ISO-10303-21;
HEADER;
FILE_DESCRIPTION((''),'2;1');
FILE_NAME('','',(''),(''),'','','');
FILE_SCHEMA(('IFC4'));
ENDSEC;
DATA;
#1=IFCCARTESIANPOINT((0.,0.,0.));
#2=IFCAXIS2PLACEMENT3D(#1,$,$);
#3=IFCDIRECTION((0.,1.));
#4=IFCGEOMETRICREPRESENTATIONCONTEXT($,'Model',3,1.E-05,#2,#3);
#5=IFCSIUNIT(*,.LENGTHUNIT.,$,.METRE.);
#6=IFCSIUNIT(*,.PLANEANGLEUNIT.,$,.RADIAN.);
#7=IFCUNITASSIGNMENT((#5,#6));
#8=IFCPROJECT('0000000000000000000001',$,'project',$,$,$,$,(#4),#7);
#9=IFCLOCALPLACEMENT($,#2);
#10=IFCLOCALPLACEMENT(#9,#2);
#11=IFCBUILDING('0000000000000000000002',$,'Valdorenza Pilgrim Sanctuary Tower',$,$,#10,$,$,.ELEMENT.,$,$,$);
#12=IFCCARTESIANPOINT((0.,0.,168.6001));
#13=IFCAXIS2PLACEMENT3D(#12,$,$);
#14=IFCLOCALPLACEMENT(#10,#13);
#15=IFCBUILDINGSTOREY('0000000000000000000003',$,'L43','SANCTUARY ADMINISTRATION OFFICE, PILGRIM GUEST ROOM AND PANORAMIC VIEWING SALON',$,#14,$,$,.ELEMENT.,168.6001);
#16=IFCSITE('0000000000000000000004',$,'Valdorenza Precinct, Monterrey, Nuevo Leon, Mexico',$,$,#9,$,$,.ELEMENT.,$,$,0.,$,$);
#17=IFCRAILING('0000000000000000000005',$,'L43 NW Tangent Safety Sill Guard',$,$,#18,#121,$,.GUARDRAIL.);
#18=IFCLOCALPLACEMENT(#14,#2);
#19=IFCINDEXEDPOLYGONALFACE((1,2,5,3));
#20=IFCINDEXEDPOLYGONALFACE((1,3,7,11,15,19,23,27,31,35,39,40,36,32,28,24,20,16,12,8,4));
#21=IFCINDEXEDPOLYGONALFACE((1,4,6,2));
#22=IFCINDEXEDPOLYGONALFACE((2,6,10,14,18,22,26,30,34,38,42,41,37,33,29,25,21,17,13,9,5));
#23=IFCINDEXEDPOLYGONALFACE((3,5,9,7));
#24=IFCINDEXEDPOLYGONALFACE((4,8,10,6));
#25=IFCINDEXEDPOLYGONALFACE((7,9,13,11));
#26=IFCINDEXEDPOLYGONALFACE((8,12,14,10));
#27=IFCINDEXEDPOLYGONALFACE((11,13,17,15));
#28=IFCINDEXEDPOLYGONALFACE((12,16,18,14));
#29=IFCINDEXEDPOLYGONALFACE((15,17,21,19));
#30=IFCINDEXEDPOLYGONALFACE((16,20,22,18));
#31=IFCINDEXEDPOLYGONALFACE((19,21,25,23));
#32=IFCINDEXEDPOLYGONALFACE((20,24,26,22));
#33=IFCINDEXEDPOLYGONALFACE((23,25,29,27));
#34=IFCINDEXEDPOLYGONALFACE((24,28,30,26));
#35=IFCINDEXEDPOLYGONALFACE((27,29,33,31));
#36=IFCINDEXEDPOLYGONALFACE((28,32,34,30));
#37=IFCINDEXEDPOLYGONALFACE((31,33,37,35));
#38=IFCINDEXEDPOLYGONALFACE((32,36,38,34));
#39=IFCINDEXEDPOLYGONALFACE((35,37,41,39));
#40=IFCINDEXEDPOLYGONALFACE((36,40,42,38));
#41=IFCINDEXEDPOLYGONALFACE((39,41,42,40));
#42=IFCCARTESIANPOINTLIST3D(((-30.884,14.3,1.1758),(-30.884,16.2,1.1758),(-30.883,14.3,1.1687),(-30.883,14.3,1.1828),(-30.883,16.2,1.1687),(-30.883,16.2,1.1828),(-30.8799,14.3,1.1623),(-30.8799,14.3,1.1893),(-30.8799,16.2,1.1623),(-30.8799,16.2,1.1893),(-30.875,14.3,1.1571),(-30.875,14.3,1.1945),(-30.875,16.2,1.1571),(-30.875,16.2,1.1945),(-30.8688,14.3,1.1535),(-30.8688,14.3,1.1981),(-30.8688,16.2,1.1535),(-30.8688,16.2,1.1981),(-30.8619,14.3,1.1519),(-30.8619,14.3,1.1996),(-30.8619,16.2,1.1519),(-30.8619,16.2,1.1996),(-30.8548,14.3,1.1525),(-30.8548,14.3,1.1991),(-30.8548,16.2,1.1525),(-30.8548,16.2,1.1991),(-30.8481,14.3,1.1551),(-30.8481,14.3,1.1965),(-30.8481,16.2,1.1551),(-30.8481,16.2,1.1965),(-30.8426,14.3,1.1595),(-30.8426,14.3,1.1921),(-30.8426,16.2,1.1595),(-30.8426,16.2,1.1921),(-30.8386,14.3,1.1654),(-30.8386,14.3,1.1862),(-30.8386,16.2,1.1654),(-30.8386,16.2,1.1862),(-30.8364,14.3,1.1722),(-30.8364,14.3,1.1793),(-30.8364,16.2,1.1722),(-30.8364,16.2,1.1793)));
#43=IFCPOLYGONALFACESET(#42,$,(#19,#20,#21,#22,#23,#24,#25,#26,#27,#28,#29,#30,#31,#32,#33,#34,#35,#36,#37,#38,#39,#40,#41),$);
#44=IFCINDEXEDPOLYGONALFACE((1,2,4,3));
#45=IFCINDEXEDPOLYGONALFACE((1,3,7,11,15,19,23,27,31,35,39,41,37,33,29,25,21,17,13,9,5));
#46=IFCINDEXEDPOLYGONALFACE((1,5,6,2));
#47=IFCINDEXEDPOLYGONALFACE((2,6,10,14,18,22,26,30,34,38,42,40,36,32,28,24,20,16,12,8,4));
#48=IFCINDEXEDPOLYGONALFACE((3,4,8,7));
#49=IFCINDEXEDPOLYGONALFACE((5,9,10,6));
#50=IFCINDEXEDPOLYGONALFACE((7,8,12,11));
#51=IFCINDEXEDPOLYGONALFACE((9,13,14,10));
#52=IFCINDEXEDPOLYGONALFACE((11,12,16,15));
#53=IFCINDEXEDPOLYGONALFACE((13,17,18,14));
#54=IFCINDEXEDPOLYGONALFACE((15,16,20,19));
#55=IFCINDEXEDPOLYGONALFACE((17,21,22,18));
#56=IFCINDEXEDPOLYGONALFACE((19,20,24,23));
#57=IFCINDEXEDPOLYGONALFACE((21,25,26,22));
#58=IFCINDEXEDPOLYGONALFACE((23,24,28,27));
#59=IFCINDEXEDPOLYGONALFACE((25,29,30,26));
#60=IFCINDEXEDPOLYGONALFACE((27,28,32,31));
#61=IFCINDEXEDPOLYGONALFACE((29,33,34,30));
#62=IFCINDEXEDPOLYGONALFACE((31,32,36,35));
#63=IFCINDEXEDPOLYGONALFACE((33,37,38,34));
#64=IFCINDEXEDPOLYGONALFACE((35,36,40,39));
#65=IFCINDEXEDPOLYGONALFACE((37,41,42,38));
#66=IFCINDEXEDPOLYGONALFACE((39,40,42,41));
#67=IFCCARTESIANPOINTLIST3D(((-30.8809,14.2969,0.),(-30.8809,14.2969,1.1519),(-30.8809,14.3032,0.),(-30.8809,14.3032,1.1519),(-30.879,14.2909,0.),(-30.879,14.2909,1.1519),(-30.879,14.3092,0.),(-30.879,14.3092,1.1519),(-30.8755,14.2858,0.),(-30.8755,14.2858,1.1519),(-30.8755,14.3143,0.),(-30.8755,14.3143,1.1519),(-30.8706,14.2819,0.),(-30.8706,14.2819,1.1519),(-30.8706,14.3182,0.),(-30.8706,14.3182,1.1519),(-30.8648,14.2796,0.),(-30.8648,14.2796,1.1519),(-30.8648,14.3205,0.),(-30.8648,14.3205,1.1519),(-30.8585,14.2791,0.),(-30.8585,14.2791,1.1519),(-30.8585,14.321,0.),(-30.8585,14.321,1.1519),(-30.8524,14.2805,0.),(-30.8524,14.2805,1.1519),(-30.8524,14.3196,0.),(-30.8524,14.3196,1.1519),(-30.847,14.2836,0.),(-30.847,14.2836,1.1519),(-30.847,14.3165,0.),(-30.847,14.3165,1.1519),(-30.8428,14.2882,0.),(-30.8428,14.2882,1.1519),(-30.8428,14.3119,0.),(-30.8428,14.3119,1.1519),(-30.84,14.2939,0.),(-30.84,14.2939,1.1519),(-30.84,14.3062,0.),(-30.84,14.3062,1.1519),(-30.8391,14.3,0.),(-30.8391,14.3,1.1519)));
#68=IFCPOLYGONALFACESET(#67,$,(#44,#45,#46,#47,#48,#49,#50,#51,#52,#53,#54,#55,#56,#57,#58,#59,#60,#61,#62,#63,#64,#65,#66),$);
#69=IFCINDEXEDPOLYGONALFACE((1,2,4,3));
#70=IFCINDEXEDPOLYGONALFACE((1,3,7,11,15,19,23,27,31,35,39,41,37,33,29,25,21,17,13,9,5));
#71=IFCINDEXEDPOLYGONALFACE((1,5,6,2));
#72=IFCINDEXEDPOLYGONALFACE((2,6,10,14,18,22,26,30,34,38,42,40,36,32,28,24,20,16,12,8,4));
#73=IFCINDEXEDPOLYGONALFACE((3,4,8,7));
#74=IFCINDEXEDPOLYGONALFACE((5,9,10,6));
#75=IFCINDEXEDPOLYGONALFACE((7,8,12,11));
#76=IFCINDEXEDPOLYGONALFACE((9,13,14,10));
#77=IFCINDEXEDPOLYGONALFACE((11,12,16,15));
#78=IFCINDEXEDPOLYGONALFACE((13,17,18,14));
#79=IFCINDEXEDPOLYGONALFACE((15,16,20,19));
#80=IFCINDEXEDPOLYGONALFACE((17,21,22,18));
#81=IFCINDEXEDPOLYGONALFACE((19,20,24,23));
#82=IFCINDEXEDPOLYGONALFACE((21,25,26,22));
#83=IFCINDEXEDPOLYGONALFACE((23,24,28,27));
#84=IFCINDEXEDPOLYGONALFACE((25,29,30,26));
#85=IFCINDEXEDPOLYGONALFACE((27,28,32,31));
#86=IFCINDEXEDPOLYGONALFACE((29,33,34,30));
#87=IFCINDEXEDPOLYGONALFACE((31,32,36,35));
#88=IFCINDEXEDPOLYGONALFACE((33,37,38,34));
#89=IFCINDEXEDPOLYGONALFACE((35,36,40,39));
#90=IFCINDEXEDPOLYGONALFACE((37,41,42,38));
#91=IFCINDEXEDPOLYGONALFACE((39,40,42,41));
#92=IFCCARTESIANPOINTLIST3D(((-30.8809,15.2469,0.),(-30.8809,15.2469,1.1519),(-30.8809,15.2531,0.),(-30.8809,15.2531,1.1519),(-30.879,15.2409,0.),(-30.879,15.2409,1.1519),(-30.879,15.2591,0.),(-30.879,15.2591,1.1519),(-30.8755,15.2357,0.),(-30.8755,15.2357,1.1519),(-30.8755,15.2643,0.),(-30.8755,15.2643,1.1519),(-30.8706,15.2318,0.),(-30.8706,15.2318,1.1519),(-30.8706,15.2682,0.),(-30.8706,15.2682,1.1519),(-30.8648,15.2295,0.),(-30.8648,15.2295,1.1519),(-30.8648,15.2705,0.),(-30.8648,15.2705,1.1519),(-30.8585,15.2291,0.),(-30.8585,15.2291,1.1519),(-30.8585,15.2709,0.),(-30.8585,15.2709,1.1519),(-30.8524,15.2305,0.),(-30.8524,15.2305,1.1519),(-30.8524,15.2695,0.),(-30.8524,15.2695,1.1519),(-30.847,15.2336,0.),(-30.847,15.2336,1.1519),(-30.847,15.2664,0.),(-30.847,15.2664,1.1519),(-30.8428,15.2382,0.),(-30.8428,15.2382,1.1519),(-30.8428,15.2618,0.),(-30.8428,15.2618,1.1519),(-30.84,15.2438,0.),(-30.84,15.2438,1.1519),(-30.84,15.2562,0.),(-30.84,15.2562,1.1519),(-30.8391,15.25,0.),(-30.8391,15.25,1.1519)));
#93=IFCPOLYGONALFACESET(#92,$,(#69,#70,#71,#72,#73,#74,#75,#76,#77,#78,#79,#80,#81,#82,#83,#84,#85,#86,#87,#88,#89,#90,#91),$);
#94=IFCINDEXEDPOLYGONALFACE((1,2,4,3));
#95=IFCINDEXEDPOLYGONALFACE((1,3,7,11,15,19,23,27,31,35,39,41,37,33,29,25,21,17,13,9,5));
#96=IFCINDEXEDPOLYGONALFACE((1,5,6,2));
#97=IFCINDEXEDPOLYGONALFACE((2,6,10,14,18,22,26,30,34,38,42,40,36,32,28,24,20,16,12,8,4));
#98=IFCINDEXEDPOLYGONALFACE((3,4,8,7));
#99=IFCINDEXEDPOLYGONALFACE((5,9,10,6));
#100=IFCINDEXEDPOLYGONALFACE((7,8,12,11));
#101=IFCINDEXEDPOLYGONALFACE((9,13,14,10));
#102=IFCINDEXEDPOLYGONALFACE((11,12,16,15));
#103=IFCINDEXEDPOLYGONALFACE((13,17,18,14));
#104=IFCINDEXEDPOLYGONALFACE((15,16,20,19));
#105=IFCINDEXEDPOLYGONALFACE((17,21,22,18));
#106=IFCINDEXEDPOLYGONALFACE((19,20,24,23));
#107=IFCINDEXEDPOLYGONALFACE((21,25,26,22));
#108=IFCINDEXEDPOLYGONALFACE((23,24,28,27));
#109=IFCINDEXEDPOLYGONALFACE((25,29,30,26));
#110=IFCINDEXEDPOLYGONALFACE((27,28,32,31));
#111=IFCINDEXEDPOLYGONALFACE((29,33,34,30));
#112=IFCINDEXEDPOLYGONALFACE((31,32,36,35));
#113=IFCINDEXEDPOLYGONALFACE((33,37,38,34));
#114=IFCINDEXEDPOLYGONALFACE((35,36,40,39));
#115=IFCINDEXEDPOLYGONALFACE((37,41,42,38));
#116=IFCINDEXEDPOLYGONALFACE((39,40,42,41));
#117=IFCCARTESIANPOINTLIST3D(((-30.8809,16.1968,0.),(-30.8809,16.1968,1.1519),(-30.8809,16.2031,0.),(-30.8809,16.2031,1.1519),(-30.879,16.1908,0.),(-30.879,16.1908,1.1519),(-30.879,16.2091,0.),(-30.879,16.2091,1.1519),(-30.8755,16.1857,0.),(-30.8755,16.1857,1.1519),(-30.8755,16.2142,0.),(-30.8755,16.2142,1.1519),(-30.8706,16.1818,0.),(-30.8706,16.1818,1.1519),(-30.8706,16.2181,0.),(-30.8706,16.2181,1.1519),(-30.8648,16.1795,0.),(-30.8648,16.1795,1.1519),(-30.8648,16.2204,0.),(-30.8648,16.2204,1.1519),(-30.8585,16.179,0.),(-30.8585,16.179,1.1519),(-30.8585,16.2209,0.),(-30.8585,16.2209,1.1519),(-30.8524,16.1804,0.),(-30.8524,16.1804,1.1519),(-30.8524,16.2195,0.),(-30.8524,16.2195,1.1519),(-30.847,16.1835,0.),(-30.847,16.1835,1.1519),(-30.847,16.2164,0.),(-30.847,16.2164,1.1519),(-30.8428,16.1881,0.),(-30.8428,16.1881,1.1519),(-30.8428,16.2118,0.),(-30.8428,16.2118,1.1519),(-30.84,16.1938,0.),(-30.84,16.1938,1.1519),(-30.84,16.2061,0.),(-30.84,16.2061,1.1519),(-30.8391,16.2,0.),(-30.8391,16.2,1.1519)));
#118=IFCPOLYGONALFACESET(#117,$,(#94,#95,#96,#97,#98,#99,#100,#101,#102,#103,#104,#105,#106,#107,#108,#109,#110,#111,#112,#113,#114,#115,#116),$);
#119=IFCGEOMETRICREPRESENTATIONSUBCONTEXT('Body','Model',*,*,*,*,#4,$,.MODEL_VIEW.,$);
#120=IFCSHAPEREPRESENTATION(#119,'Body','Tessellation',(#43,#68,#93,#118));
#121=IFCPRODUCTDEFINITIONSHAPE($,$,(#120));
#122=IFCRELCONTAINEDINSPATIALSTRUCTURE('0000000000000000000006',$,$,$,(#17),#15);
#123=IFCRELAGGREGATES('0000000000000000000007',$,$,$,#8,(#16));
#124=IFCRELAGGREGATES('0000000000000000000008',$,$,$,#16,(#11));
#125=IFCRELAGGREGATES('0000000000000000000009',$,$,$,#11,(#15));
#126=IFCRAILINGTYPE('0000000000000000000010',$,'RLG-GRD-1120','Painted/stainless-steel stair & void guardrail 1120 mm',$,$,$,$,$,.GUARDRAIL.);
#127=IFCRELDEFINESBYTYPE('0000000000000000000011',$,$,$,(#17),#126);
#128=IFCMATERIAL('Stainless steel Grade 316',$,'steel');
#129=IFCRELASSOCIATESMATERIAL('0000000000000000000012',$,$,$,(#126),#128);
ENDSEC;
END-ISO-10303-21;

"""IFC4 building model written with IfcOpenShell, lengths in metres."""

from ifc_helpers import new_model, si_unit, direction, frame, origin, origin_2d, place, context, subcontext, project, spatial, circle, extrude, material, type_object, element, save


model = new_model("IFC4")

# Units and contexts
model_context = context("Model", 3, precision=1e-05, world=origin(), true_north=direction((0.0, 1.0)))
body_context = subcontext(model_context, "Body", "Model", "MODEL_VIEW")
ifc_project = project(units=[si_unit("LENGTHUNIT", "METRE"), si_unit("PLANEANGLEUNIT", "RADIAN")], contexts=[model_context])

# Site, building, storey
site_placement = place(None, origin())
site = spatial("IfcSite", under=ifc_project, at=site_placement, Name="Valdorenza Precinct, Monterrey, Nuevo Leon, Mexico", CompositionType="ELEMENT", RefElevation=0.0)
building_placement = place(site_placement, origin())
building = spatial("IfcBuilding", under=site, at=building_placement, Name="Valdorenza Pilgrim Sanctuary Tower", CompositionType="ELEMENT")
storey_placement = place(building_placement, frame((0.0, 0.0, 168.6001)))
storey = spatial("IfcBuildingStorey", under=building, at=storey_placement, Name="L43", Description="SANCTUARY ADMINISTRATION OFFICE, PILGRIM GUEST ROOM AND PANORAMIC VIEWING SALON", CompositionType="ELEMENT", Elevation=168.6001)

# Railing
ifc_material_1 = material(Name="Stainless steel Grade 316", Category="steel")
railing_type = type_object("IfcRailingType", Name="RLG-GRD-1120", Description="Painted/stainless-steel stair & void guardrail 1120 mm", PredefinedType="GUARDRAIL", material=ifc_material_1)
railing_placement = place(storey_placement, frame((-30.8601, 14.3, 0.0)))
element("IfcRailing", 1, at=railing_placement, inside=storey, type_object=railing_type, Name="L43 NW Tangent Safety Sill Guard", PredefinedType="GUARDRAIL", context=body_context, shape_type="SweptSolid", body=[
    extrude(circle(Radius=0.0239, at=origin_2d()), frame((0.0, 0.0, 1.1758), z_axis=(0.0, 1.0, 0.0), x_axis=(-1.0, 0.0, 0.0)), (0.0, 0.0, 1.0), 1.8999),
    extrude(circle(Radius=0.021, at=origin_2d()), origin(), (0.0, 0.0, 1.0), 1.1519),
    extrude(circle(Radius=0.021, at=origin_2d()), frame((0.0, 0.95, 0.0)), (0.0, 0.0, 1.0), 1.1519),
    extrude(circle(Radius=0.021, at=origin_2d()), frame((0.0, 1.8999, 0.0)), (0.0, 0.0, 1.0), 1.1519),
])

save(model, "model.ifc")
